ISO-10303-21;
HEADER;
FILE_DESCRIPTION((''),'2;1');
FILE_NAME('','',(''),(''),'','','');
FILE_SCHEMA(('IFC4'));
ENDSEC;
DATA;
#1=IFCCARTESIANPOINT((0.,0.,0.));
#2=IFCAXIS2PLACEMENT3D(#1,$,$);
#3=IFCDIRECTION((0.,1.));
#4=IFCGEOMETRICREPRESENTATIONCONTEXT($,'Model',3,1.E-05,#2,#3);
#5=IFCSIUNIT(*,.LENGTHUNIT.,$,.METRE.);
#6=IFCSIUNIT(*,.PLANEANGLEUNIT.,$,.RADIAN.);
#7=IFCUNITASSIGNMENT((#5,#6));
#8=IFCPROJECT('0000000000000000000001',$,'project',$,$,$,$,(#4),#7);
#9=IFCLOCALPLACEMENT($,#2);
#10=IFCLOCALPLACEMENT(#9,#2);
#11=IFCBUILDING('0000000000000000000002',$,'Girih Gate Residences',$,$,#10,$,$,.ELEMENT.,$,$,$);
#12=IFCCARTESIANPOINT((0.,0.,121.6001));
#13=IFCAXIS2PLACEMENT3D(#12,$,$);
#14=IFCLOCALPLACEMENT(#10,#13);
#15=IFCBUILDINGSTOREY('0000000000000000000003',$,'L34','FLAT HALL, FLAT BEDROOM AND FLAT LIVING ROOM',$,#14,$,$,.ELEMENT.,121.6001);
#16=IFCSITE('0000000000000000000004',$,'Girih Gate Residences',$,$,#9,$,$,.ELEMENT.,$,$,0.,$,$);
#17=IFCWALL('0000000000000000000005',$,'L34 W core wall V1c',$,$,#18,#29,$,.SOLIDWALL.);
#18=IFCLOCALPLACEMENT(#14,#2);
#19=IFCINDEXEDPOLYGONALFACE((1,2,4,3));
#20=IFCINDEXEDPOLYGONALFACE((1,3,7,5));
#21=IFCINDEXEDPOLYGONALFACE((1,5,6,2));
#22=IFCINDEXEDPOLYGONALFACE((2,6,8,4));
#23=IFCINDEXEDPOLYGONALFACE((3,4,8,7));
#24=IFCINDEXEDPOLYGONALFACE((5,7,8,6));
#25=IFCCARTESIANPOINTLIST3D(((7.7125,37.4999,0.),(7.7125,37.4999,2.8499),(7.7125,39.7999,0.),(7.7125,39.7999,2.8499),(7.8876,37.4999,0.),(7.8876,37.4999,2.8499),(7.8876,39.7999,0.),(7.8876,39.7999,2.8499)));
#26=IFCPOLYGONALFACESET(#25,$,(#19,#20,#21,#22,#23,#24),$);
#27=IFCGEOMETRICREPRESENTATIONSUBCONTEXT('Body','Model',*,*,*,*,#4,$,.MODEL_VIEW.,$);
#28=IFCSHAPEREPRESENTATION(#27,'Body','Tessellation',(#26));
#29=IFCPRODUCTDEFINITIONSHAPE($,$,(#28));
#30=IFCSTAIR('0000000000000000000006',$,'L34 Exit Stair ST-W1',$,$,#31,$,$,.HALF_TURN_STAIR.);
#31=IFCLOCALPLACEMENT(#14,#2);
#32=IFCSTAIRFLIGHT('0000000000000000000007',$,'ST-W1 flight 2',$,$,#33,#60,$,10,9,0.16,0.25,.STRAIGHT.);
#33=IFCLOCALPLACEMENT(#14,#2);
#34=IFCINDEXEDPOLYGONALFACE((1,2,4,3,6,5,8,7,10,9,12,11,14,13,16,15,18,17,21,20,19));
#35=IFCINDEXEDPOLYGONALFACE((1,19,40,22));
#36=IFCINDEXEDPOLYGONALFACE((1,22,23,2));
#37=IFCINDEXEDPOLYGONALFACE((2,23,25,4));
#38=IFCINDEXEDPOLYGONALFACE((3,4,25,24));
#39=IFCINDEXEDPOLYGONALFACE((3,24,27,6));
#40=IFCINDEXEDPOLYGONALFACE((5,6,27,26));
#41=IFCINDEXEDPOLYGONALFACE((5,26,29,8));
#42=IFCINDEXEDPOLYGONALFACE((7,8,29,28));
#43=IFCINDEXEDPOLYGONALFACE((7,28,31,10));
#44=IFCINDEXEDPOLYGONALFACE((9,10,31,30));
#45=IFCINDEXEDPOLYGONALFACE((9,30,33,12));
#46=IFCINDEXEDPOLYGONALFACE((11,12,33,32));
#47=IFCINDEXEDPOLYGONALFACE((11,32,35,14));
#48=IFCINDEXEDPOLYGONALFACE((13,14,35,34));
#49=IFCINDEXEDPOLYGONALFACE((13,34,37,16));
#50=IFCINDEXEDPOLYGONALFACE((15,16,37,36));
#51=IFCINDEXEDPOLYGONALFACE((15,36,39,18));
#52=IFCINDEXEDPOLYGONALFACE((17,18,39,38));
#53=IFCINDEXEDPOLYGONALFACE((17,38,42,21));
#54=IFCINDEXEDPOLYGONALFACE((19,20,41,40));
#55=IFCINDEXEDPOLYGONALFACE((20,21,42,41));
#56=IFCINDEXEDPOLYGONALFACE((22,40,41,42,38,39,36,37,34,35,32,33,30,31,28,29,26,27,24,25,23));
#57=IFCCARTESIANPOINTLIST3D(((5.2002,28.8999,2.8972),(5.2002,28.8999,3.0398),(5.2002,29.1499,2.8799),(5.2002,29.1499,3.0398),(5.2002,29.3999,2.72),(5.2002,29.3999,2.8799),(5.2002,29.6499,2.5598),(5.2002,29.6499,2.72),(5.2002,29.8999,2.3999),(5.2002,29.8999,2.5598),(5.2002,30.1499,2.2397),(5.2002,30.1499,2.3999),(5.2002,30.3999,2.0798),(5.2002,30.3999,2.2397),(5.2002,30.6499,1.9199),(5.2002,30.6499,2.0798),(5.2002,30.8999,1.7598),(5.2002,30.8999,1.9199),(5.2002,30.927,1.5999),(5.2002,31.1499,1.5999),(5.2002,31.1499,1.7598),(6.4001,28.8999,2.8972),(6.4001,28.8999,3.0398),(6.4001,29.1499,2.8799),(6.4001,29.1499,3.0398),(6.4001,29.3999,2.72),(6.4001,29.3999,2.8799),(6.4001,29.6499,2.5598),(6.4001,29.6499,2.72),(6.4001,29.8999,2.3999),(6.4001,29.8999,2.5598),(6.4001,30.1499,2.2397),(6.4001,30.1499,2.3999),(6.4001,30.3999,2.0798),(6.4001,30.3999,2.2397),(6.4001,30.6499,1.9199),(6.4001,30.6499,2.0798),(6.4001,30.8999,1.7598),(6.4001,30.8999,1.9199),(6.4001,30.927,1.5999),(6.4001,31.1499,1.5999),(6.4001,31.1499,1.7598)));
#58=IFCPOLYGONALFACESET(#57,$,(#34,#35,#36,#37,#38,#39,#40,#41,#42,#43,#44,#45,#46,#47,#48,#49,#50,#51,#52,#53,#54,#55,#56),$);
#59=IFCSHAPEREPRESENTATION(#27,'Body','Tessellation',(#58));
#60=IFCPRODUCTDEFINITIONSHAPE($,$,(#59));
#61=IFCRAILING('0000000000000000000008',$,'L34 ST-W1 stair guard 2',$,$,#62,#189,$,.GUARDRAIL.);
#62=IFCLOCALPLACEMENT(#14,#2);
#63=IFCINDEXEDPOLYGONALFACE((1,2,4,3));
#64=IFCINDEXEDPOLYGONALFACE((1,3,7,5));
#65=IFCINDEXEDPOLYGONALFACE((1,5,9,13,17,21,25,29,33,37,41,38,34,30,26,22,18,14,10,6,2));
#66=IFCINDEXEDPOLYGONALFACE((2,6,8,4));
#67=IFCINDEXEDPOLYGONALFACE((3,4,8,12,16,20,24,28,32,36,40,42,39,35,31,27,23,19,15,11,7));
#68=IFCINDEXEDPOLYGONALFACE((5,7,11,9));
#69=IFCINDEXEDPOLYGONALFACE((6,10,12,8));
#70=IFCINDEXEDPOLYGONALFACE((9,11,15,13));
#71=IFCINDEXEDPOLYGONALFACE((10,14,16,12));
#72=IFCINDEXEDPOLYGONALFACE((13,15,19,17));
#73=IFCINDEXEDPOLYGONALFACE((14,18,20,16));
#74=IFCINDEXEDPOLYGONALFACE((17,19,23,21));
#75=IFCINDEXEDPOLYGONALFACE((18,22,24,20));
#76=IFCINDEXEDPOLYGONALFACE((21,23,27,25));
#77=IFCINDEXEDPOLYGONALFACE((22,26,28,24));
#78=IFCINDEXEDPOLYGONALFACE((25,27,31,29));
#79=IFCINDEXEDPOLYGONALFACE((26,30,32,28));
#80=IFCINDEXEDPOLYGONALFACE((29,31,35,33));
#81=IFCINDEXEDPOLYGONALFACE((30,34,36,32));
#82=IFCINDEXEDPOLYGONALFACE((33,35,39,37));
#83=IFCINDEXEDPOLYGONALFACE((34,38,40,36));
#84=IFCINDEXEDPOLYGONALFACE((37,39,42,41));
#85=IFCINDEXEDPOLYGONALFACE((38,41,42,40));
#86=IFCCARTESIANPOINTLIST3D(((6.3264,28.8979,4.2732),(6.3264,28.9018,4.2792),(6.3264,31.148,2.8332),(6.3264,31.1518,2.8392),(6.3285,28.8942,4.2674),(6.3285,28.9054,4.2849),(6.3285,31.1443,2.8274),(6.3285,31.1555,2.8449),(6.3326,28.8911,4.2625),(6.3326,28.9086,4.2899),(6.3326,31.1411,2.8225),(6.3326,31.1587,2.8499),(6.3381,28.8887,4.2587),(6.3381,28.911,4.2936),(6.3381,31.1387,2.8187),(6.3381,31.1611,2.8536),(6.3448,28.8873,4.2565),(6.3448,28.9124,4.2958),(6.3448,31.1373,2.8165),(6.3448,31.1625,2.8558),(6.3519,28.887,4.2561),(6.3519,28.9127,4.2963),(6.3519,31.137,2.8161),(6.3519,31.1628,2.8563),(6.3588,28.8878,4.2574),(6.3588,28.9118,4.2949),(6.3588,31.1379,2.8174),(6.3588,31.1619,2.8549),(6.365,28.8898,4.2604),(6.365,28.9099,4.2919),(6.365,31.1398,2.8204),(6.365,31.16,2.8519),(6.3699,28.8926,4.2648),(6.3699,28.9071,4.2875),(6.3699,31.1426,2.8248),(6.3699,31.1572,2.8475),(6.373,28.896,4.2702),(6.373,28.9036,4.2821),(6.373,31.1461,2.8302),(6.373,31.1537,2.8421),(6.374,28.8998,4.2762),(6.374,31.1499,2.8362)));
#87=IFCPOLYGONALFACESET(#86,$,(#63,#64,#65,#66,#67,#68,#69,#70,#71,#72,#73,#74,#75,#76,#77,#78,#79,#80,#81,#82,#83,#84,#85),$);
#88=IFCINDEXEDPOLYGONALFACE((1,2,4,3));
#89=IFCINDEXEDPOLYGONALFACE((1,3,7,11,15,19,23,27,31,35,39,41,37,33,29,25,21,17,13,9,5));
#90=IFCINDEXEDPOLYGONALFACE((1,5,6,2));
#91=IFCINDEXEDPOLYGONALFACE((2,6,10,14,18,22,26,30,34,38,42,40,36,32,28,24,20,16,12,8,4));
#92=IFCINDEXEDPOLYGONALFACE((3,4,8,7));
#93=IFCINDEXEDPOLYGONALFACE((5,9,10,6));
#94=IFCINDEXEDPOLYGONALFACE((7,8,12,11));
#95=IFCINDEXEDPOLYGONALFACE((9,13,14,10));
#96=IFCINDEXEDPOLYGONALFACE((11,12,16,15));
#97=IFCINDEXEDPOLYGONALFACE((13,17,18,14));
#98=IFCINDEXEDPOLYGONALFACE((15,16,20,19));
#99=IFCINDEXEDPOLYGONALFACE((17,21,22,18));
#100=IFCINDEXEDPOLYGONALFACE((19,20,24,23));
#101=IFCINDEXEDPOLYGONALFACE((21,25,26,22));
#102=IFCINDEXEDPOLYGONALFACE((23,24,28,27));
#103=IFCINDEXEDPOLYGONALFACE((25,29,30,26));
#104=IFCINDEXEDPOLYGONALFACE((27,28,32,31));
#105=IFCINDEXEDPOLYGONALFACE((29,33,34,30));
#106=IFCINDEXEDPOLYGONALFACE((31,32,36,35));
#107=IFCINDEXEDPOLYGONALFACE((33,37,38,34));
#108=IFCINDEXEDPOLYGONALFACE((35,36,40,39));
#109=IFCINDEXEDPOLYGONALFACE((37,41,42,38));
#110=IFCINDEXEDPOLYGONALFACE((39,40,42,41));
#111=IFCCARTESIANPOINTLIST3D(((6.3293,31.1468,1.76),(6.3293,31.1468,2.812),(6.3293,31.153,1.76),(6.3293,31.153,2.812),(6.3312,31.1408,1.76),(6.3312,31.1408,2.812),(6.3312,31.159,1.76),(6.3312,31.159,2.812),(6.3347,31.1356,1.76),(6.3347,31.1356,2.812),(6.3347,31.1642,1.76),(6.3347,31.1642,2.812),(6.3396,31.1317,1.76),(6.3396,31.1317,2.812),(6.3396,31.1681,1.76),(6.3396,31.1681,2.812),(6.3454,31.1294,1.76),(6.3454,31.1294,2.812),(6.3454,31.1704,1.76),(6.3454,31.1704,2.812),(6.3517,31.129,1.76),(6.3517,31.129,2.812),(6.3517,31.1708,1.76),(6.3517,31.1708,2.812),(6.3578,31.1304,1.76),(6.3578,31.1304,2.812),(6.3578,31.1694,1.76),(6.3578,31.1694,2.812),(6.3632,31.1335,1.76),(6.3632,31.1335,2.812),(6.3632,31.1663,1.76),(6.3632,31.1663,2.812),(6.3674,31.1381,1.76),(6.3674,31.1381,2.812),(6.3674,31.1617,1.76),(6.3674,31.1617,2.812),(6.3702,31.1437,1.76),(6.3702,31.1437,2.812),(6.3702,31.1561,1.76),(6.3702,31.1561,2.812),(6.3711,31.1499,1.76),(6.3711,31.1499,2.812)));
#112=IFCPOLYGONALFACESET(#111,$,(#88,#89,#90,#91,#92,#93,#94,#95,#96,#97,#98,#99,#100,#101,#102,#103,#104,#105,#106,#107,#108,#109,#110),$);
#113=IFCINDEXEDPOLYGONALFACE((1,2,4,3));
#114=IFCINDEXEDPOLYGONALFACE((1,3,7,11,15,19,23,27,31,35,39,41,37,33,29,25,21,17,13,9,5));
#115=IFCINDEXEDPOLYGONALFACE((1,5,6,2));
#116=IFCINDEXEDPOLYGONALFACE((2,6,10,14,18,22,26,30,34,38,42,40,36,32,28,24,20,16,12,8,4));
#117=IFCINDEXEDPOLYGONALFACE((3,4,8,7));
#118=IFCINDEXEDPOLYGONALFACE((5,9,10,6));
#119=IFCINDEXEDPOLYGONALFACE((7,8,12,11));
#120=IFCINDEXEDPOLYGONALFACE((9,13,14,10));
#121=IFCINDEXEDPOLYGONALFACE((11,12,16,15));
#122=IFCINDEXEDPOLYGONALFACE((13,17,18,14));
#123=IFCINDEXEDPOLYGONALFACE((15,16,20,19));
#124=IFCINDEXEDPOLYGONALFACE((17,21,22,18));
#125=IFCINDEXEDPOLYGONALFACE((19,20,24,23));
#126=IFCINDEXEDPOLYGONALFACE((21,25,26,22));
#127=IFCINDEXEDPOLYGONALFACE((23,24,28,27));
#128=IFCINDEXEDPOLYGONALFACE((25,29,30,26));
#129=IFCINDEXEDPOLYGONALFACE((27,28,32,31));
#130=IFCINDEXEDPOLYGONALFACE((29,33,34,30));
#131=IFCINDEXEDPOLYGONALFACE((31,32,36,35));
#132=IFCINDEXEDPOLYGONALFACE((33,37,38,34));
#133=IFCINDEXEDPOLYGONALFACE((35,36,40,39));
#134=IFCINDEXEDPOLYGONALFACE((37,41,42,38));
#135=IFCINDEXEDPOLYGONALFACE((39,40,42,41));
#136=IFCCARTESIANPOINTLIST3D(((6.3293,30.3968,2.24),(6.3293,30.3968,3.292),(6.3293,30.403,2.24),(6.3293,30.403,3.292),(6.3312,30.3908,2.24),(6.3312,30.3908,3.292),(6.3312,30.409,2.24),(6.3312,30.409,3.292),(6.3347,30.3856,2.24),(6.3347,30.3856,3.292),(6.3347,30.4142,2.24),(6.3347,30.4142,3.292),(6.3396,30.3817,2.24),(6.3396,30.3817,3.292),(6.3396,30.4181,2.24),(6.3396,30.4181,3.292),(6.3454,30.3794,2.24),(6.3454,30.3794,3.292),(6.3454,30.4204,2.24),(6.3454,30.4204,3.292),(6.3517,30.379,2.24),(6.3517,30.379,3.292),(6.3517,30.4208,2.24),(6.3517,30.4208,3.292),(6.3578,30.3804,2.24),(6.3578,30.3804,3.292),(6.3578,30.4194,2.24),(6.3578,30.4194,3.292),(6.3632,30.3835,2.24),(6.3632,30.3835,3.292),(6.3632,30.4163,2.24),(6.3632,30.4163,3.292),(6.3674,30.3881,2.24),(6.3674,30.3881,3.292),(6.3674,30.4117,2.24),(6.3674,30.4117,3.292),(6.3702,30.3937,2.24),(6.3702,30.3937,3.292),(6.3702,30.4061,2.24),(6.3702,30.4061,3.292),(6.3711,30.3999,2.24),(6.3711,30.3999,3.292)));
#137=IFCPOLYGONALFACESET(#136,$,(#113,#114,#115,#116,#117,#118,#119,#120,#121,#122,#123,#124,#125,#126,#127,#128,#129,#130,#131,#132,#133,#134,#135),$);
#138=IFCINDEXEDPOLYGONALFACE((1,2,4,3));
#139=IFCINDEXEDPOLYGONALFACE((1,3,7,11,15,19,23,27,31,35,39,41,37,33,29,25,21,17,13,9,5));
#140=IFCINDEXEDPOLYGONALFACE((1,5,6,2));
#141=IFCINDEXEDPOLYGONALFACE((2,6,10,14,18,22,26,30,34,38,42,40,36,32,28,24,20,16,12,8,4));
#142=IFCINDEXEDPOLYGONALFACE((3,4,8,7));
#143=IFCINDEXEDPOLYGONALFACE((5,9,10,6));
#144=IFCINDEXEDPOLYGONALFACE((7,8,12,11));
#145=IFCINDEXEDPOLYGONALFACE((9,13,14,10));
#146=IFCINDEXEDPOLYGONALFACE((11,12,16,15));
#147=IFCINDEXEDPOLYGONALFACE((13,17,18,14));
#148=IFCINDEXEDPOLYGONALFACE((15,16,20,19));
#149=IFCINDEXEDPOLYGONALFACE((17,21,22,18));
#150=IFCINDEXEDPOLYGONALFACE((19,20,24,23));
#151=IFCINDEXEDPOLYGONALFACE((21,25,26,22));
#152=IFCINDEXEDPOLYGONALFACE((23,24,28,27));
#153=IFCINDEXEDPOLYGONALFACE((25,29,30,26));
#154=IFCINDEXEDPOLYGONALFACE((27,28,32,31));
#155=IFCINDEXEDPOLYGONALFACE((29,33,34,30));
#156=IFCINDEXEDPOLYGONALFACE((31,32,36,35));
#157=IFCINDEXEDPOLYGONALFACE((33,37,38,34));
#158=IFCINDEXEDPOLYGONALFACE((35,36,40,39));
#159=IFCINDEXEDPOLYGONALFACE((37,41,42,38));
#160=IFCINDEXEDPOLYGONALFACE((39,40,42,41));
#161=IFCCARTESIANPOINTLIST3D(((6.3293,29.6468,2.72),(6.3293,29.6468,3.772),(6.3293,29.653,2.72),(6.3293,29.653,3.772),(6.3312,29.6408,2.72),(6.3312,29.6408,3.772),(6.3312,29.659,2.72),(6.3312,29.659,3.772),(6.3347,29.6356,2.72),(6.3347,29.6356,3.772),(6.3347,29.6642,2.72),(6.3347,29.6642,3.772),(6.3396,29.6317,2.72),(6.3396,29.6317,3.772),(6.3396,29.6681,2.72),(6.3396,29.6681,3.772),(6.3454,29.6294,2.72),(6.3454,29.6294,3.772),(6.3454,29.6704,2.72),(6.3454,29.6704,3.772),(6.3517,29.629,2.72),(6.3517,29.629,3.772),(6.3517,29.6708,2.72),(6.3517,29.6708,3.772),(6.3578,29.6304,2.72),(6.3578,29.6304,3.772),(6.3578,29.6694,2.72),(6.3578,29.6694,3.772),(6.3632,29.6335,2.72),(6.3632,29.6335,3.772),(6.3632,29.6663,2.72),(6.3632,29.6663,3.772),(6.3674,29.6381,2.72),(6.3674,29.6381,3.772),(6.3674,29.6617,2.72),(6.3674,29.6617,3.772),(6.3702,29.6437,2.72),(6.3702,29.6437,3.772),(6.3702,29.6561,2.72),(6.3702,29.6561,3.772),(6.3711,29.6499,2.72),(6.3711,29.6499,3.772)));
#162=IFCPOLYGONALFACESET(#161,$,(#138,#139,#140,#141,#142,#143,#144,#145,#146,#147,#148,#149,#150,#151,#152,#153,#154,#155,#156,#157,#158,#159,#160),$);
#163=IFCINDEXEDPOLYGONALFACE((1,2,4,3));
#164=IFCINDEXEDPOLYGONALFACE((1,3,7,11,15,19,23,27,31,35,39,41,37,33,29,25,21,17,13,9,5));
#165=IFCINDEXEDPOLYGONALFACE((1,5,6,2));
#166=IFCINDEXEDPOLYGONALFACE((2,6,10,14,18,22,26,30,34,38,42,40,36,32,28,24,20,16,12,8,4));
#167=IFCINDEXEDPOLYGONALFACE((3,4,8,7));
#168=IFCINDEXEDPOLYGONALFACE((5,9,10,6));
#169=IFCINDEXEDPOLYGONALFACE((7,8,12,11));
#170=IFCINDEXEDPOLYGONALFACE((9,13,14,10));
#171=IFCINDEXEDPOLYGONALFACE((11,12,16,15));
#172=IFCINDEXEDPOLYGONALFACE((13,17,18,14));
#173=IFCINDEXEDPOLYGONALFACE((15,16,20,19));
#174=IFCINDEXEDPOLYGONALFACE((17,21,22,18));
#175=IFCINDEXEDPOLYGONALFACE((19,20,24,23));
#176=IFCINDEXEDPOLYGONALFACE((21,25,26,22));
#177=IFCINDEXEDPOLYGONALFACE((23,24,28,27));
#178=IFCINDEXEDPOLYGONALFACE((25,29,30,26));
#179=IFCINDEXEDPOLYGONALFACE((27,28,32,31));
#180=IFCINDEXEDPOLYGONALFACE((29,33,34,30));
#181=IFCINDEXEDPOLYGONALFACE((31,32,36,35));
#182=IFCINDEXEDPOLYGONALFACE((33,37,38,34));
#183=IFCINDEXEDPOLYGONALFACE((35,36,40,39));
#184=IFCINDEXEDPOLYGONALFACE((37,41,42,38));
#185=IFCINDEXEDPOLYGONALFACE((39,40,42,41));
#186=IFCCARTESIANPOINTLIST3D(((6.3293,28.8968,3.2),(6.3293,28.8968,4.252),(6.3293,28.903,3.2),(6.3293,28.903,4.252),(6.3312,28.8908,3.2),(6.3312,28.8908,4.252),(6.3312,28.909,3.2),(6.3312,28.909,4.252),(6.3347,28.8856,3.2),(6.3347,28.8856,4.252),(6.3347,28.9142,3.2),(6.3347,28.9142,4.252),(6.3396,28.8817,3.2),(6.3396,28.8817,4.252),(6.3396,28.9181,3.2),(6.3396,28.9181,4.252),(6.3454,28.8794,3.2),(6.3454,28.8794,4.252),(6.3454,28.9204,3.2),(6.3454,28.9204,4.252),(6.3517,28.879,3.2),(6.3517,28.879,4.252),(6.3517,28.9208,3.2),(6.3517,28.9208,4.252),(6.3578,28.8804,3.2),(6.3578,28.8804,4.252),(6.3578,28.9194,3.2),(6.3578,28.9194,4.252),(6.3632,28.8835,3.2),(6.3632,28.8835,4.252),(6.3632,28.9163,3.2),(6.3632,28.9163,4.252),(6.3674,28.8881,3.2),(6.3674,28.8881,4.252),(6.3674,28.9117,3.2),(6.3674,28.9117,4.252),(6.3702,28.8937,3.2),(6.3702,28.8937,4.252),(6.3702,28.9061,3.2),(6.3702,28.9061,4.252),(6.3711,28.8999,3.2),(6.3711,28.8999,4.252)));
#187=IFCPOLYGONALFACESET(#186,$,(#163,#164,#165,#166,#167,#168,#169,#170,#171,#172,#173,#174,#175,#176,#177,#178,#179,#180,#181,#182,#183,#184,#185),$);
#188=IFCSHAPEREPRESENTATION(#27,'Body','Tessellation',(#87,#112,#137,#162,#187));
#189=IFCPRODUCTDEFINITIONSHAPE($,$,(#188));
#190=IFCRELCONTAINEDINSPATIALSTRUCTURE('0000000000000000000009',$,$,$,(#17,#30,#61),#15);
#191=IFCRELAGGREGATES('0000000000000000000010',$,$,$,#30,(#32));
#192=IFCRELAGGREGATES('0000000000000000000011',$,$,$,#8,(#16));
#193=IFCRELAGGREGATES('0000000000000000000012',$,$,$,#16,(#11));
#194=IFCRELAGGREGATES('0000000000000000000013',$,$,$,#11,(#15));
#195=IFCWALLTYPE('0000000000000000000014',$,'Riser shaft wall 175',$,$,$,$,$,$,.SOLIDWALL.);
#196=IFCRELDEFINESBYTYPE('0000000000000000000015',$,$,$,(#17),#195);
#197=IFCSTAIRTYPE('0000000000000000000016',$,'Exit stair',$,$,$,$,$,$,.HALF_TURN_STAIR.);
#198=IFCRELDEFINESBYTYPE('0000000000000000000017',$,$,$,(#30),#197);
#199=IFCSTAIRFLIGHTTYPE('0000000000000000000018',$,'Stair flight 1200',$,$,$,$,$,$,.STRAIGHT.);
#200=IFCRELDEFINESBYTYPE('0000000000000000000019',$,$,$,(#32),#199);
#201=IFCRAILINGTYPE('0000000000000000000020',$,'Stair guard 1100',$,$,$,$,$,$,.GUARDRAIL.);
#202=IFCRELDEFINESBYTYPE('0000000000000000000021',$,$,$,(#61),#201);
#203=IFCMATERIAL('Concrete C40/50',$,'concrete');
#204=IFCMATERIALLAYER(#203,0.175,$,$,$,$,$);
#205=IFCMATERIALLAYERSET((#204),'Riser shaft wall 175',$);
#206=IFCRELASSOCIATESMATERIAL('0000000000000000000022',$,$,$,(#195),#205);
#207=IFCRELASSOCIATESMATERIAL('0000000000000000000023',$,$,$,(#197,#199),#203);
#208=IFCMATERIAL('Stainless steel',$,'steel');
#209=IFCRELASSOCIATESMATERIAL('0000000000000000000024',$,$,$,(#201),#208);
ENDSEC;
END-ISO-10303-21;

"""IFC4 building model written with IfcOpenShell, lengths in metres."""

from ifc_helpers import new_model, si_unit, direction, frame, frame_2d, origin, origin_2d, place, context, subcontext, project, spatial, polyline, rectangle, circle, outline, extrude, material, layer, layer_set, type_object, element, aggregate, save


model = new_model("IFC4")

# Units and contexts
model_context = context("Model", 3, precision=1e-05, world=origin(), true_north=direction((0.0, 1.0)))
body_context = subcontext(model_context, "Body", "Model", "MODEL_VIEW")
ifc_project = project(units=[si_unit("LENGTHUNIT", "METRE"), si_unit("PLANEANGLEUNIT", "RADIAN")], contexts=[model_context])

# Site, building, storey
site_placement = place(None, origin())
site = spatial("IfcSite", under=ifc_project, at=site_placement, Name="Girih Gate Residences", CompositionType="ELEMENT", RefElevation=0.0)
building_placement = place(site_placement, origin())
building = spatial("IfcBuilding", under=site, at=building_placement, Name="Girih Gate Residences", CompositionType="ELEMENT")
storey_placement = place(building_placement, frame((0.0, 0.0, 121.6001)))
storey = spatial("IfcBuildingStorey", under=building, at=storey_placement, Name="L34", Description="FLAT HALL, FLAT BEDROOM AND FLAT LIVING ROOM", CompositionType="ELEMENT", Elevation=121.6001)

# Shared definitions
ifc_material_1 = material(Name="Concrete C40/50", Category="concrete")
ifc_material_2 = material(Name="Stainless steel", Category="steel")

# Wall
ifc_layer_1 = layer(ifc_material_1, 0.175)
ifc_layer_set_1 = layer_set([ifc_layer_1], Name="Riser shaft wall 175")
wall_type_1 = type_object("IfcWallType", Name="Riser shaft wall 175", PredefinedType="SOLIDWALL", material=ifc_layer_set_1)
wall_1_placement = place(storey_placement, frame((7.8, 37.5, 0.0), z_axis=(0.0, 0.0, 1.0), x_axis=(0.0, 1.0, 0.0)))
element("IfcWall", 1, at=wall_1_placement, inside=storey, type_object=wall_type_1, Name="L34 W core wall V1c", PredefinedType="SOLIDWALL", context=body_context, shape_type="SweptSolid", body=[
    extrude(rectangle(XDim=2.3, YDim=0.175, at=frame_2d((1.1499, 0.0))), origin(), (0.0, 0.0, 1.0), 2.8499),
])

# Stair, stair flight
stair_type = type_object("IfcStairType", Name="Exit stair", PredefinedType="HALF_TURN_STAIR", material=ifc_material_1)
stair_placement = place(storey_placement, origin())
stair = element("IfcStair", 2, at=stair_placement, inside=storey, type_object=stair_type, Name="L34 Exit Stair ST-W1", PredefinedType="HALF_TURN_STAIR")
stair_flight_type = type_object("IfcStairFlightType", Name="Stair flight 1200", PredefinedType="STRAIGHT", material=ifc_material_1)
stair_flight_placement = place(storey_placement, frame((5.8, 31.1499, 1.5999), z_axis=(0.0, 0.0, 1.0), x_axis=(0.0, -1.0, 0.0)))
stair_flight = element("IfcStairFlight", 3, at=stair_flight_placement, type_object=stair_flight_type, Name="ST-W1 flight 2", NumberOfRisers=10, NumberOfTreads=9, PredefinedType="STRAIGHT", RiserHeight=0.16, TreadLength=0.25, context=body_context, shape_type="SweptSolid", body=[
    extrude(outline(polyline([(0.0, 0.0), (0.0, 0.1599), (0.25, 0.1599), (0.25, 0.3201), (0.5, 0.3201), (0.5, 0.48), (0.75, 0.48), (0.75, 0.6399), (1.0, 0.6399), (1.0, 0.8), (1.25, 0.8), (1.25, 0.96), (1.5, 0.96), (1.5, 1.1201), (1.75, 1.1201), (1.75, 1.28), (2.0, 1.28), (2.0, 1.4399), (2.25, 1.4399), (2.25, 1.6001), (2.25, 1.2974), (0.2229, 0.0), (0.0, 0.0)])), frame((0.0, 0.6001, 0.0), z_axis=(0.0, -1.0, 0.0), x_axis=(1.0, 0.0, 0.0)), (0.0, 0.0, 1.0), 1.2),
])
aggregate(stair, [stair_flight])

# Railing
railing_type_1 = type_object("IfcRailingType", Name="Stair guard 1100", PredefinedType="GUARDRAIL", material=ifc_material_2)
railing_1_placement = place(storey_placement, frame((6.3501, 31.1499, 1.76)))
element("IfcRailing", 4, at=railing_1_placement, inside=storey, type_object=railing_type_1, Name="L34 ST-W1 stair guard 2", PredefinedType="GUARDRAIL", context=body_context, shape_type="SweptSolid", body=[
    extrude(circle(Radius=0.0239, at=origin_2d()), frame((0.0, 0.0, 1.0762), z_axis=(0.0, -0.842281, 0.539038), x_axis=(1.0, 0.0, 0.0)), (0.0, 0.0, 1.0), 2.6714),
    extrude(circle(Radius=0.021, at=origin_2d()), origin(), (0.0, 0.0, 1.0), 1.052),
    extrude(circle(Radius=0.021, at=origin_2d()), frame((0.0, -0.75, 0.48)), (0.0, 0.0, 1.0), 1.052),
    extrude(circle(Radius=0.021, at=origin_2d()), frame((0.0, -1.5, 0.96)), (0.0, 0.0, 1.0), 1.052),
    extrude(circle(Radius=0.021, at=origin_2d()), frame((0.0, -2.25, 1.4399)), (0.0, 0.0, 1.0), 1.052),
])

save(model, "model.ifc")
